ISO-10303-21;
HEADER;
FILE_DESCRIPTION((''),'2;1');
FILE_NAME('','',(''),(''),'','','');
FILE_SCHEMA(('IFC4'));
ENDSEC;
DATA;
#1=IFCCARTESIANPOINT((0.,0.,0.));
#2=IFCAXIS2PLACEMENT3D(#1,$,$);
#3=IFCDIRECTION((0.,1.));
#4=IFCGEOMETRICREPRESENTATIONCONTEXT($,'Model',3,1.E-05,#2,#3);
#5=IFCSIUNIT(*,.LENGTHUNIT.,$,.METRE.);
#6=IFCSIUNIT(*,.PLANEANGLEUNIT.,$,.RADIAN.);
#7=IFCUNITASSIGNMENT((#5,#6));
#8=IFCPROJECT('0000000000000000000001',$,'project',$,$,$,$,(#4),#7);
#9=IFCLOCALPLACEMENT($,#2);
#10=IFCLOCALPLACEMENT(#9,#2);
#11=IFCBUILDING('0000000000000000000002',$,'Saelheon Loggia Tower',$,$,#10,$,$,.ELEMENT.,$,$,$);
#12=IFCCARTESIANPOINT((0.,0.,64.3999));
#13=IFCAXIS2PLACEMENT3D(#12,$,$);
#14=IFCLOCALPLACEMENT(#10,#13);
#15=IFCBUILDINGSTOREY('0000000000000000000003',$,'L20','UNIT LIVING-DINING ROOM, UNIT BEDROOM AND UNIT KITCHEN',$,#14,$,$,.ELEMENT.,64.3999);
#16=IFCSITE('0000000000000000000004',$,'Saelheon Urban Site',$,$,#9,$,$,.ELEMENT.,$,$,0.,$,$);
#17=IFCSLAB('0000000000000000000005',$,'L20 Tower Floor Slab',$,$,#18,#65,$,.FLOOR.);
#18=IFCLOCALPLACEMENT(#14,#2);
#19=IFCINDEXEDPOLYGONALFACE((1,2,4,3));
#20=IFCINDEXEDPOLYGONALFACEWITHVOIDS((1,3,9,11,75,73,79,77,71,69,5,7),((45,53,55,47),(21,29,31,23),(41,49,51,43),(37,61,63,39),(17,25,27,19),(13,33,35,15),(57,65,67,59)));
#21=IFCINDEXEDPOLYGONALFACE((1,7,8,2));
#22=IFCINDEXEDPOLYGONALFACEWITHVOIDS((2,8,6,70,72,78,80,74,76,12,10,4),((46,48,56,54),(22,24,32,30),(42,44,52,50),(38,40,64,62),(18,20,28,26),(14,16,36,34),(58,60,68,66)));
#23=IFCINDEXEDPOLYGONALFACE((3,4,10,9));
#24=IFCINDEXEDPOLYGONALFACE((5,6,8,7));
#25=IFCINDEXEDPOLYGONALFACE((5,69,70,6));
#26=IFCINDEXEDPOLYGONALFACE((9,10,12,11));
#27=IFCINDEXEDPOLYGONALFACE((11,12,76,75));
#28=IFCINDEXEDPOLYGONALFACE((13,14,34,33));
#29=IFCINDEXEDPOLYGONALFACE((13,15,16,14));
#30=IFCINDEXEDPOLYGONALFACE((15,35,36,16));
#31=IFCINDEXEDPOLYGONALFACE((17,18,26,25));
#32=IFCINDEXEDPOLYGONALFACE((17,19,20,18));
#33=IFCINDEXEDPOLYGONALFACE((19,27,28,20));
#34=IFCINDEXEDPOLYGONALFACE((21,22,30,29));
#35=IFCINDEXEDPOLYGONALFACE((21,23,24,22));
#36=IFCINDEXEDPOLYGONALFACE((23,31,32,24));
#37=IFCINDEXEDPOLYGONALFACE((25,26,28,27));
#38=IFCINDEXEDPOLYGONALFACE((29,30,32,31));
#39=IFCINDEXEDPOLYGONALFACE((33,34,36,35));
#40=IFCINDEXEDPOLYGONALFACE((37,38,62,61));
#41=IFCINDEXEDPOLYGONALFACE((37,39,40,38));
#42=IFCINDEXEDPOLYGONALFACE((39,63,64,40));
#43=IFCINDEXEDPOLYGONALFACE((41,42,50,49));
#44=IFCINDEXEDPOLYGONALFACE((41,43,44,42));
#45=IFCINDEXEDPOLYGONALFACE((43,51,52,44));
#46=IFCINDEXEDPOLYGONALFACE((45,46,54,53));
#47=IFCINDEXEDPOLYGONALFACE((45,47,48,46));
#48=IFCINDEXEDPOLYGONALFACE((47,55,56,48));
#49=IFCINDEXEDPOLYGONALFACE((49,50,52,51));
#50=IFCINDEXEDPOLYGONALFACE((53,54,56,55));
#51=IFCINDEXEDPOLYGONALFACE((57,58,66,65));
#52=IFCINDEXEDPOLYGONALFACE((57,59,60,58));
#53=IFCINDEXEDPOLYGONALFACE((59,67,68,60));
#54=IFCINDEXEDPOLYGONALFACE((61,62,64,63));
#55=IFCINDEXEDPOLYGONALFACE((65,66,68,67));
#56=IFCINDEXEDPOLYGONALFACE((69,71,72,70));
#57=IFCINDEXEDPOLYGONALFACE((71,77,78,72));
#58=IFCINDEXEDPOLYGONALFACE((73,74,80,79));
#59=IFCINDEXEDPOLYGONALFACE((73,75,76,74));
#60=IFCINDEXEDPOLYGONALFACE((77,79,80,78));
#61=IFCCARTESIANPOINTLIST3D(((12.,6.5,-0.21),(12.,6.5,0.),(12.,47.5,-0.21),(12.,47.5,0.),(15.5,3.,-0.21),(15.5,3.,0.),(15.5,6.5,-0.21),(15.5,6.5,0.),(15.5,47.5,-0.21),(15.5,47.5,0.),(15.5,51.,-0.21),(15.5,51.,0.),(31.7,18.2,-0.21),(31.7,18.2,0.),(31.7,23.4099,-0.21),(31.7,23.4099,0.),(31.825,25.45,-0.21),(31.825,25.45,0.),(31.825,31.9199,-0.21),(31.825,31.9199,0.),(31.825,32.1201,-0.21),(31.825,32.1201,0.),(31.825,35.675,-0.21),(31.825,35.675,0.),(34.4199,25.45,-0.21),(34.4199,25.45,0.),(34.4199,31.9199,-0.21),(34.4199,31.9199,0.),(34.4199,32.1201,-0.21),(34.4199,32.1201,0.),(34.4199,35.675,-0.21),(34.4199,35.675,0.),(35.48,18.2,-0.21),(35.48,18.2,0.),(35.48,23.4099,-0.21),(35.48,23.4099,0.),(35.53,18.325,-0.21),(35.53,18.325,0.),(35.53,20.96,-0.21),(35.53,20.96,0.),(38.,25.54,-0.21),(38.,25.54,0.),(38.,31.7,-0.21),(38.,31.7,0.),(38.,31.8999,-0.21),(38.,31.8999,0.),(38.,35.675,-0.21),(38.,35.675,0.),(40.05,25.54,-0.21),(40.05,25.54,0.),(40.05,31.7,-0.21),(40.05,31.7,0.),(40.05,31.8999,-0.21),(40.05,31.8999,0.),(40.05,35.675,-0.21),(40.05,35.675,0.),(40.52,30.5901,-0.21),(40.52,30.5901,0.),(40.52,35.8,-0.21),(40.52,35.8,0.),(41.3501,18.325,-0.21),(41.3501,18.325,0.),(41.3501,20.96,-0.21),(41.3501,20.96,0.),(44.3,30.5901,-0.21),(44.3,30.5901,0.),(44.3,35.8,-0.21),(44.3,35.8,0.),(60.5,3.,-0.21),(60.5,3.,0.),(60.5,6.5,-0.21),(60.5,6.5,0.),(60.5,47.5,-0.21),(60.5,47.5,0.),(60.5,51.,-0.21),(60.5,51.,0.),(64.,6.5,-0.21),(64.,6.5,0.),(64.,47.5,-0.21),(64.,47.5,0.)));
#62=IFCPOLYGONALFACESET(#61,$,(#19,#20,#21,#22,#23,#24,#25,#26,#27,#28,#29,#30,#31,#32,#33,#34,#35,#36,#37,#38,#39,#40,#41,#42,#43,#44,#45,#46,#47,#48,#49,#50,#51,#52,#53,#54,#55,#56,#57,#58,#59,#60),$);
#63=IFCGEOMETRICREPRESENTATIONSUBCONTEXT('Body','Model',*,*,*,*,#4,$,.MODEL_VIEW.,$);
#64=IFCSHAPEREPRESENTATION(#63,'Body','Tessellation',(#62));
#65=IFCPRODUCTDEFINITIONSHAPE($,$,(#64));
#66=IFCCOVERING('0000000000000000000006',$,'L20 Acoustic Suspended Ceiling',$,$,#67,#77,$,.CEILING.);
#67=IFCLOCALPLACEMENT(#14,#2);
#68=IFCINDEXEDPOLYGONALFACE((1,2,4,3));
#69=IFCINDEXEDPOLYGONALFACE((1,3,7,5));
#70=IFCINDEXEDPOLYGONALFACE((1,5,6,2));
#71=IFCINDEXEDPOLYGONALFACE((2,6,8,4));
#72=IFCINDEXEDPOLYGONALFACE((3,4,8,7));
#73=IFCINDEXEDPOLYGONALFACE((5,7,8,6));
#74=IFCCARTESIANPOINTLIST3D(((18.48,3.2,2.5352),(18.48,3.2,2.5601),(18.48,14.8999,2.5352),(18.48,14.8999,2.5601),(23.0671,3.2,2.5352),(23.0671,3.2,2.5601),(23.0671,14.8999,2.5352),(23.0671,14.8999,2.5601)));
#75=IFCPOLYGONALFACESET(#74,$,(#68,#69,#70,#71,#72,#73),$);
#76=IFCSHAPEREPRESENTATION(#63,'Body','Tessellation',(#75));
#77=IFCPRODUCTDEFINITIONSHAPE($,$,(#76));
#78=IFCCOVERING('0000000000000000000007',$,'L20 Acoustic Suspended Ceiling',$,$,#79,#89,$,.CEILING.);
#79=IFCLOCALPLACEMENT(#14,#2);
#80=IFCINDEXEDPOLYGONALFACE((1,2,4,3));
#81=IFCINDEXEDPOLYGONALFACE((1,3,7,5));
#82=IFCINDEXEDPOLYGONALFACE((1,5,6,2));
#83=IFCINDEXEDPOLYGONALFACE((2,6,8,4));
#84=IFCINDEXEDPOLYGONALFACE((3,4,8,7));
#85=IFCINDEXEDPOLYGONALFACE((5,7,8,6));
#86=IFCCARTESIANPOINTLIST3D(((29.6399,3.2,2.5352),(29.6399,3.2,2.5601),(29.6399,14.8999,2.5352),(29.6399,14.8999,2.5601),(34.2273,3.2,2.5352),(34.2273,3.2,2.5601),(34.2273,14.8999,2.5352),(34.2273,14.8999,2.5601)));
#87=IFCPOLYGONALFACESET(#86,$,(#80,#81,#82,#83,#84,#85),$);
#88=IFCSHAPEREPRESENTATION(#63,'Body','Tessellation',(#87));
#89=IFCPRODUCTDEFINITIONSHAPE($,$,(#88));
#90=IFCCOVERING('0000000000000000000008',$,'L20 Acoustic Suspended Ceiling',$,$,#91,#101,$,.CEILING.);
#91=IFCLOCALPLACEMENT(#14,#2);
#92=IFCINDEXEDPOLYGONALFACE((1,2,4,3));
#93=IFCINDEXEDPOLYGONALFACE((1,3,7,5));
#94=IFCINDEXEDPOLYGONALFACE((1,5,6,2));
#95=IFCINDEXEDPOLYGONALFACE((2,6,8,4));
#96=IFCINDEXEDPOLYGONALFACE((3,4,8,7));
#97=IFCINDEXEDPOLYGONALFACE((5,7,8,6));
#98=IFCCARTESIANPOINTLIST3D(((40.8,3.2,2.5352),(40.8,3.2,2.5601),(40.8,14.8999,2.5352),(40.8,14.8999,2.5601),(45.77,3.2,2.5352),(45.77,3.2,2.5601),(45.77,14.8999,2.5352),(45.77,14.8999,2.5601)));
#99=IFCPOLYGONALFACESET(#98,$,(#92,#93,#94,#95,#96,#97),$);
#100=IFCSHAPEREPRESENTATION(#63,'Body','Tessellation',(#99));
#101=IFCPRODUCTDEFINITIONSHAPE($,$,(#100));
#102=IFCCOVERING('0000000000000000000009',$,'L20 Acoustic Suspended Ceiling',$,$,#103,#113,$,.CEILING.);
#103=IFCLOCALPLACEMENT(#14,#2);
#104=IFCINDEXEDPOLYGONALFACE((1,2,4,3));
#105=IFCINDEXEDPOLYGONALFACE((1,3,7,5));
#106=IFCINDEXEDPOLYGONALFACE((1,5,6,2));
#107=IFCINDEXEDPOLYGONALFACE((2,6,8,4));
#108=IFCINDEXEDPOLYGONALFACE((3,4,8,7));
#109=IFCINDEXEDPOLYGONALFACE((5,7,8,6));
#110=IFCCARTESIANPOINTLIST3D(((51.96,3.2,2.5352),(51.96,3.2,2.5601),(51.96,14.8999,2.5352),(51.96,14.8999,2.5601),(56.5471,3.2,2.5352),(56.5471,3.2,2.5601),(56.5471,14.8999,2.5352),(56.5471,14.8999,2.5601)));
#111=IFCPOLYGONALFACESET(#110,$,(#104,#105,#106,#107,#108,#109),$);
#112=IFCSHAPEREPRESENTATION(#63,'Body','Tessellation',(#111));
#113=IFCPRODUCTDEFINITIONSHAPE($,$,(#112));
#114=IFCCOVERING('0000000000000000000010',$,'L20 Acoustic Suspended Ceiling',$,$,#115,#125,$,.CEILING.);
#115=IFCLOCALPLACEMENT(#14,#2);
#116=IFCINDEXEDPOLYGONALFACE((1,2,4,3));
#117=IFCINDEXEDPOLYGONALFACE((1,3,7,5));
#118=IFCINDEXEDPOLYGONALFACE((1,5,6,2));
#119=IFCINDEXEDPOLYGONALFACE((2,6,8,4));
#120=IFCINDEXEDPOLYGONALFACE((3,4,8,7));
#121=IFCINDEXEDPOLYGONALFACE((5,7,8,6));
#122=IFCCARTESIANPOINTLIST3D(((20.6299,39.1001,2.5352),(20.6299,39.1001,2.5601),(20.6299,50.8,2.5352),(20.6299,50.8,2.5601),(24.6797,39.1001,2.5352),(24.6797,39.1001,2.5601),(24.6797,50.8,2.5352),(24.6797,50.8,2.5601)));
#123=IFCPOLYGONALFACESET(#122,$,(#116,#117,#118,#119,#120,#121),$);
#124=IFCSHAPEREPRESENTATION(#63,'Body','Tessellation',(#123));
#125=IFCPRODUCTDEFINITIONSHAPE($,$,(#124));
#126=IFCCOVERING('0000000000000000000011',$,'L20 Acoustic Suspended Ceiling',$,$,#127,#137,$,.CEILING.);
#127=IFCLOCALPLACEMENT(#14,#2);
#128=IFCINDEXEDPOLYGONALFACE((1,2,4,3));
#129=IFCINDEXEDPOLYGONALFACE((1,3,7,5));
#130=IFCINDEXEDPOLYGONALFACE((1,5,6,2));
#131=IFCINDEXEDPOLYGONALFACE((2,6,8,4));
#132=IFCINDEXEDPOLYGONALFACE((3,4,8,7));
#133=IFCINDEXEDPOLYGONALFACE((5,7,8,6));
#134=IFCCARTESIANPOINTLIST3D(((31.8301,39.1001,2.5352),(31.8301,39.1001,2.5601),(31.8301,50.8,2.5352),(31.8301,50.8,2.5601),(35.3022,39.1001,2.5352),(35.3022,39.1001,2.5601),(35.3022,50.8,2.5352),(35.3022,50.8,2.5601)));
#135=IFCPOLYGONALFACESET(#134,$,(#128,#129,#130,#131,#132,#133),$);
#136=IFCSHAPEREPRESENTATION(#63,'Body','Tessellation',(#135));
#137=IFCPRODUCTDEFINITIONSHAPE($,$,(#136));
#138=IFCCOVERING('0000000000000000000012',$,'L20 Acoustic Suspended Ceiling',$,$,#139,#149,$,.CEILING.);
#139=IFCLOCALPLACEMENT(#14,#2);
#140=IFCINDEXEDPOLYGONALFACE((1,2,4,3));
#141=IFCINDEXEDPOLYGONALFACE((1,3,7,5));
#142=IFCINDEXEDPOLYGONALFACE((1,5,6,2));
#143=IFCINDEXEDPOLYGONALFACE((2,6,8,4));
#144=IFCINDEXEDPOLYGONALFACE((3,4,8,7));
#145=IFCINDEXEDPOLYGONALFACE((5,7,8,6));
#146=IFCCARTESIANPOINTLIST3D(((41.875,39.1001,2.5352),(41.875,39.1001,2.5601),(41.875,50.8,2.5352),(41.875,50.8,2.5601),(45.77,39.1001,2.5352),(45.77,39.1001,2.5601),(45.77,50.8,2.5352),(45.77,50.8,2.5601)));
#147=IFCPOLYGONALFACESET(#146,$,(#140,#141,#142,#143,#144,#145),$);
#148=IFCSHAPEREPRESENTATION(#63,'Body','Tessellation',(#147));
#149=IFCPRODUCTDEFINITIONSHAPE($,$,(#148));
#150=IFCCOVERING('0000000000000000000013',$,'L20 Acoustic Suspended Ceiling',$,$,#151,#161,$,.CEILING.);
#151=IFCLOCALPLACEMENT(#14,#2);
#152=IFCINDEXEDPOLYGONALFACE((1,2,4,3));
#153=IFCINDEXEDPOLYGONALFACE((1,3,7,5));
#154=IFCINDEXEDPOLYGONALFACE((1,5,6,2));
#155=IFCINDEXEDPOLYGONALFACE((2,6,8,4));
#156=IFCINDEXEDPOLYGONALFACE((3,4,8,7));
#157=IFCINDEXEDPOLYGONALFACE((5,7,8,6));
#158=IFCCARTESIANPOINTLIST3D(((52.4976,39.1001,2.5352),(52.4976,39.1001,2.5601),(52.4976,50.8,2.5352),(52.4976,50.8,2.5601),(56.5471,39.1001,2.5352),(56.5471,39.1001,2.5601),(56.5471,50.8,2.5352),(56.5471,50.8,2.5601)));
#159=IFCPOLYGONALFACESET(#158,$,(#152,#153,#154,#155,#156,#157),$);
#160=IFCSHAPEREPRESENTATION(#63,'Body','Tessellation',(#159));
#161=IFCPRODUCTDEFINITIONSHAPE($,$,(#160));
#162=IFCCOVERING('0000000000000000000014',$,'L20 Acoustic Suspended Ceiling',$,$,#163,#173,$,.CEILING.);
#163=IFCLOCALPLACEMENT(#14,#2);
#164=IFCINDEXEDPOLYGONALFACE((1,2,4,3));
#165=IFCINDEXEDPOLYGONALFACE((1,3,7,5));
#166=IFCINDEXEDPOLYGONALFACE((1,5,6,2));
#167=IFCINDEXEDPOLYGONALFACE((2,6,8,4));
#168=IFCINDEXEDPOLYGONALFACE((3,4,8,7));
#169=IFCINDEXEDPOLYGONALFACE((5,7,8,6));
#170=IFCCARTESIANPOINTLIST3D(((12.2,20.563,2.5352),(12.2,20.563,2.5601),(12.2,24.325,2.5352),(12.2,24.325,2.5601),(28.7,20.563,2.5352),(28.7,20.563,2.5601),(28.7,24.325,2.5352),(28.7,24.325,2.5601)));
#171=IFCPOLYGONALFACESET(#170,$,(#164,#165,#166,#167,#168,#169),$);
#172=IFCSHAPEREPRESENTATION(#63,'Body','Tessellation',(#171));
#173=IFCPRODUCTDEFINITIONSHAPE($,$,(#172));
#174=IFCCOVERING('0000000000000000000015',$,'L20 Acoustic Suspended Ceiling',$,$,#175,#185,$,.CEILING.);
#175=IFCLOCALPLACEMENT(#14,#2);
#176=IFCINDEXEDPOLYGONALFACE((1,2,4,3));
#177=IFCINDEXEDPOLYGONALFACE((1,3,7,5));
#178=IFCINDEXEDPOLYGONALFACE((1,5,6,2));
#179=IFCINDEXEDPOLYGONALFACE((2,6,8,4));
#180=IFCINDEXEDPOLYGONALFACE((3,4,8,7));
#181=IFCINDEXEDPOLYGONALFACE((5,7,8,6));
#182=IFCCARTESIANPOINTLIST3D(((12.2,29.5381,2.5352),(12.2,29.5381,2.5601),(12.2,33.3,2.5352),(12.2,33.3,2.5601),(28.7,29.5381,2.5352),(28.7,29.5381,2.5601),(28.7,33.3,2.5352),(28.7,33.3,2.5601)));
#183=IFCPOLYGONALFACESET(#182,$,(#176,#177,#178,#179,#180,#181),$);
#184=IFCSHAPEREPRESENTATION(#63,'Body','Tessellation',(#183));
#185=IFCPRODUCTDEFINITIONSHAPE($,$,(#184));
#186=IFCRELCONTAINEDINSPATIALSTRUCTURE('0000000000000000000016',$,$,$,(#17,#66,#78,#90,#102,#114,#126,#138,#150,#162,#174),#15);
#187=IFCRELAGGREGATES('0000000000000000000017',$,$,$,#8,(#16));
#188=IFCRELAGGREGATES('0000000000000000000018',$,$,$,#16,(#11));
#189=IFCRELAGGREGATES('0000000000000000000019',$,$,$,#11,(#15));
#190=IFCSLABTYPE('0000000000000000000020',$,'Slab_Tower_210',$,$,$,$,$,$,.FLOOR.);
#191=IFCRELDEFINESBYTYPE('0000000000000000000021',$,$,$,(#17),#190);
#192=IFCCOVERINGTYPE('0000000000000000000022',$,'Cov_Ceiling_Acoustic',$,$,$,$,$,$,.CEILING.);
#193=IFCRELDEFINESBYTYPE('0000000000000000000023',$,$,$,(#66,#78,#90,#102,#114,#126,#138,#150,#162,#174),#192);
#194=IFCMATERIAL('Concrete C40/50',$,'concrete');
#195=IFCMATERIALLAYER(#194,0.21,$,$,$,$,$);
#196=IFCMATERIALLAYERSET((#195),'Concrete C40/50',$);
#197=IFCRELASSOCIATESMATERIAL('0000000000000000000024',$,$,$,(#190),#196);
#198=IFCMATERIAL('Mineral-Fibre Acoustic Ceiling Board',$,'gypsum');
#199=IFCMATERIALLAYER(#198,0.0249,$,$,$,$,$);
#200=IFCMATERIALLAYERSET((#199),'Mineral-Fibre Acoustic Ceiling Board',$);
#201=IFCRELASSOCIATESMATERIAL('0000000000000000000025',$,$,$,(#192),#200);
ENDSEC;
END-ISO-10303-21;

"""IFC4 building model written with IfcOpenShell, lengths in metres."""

from ifc_helpers import new_model, si_unit, direction, frame, origin, place, context, subcontext, project, spatial, polyline, outline, extrude, material, layer, layer_set, type_object, element, save


model = new_model("IFC4")

# Units and contexts
model_context = context("Model", 3, precision=1e-05, world=origin(), true_north=direction((0.0, 1.0)))
body_context = subcontext(model_context, "Body", "Model", "MODEL_VIEW")
ifc_project = project(units=[si_unit("LENGTHUNIT", "METRE"), si_unit("PLANEANGLEUNIT", "RADIAN")], contexts=[model_context])

# Site, building, storey
site_placement = place(None, origin())
site = spatial("IfcSite", under=ifc_project, at=site_placement, Name="Saelheon Urban Site", CompositionType="ELEMENT", RefElevation=0.0)
building_placement = place(site_placement, origin())
building = spatial("IfcBuilding", under=site, at=building_placement, Name="Saelheon Loggia Tower", CompositionType="ELEMENT")
storey_placement = place(building_placement, frame((0.0, 0.0, 64.3999)))
storey = spatial("IfcBuildingStorey", under=building, at=storey_placement, Name="L20", Description="UNIT LIVING-DINING ROOM, UNIT BEDROOM AND UNIT KITCHEN", CompositionType="ELEMENT", Elevation=64.3999)

# Shared definitions
ifc_material_1 = material(Name="Concrete C40/50", Category="concrete")

# Slab
ifc_layer_1 = layer(ifc_material_1, 0.21)
ifc_layer_set_1 = layer_set([ifc_layer_1], Name="Concrete C40/50")
slab_type_1 = type_object("IfcSlabType", Name="Slab_Tower_210", PredefinedType="FLOOR", material=ifc_layer_set_1)
slab_1_placement = place(storey_placement, frame((0.0, 0.0, -0.21)))
element("IfcSlab", 1, at=slab_1_placement, inside=storey, type_object=slab_type_1, Name="L20 Tower Floor Slab", PredefinedType="FLOOR", context=body_context, shape_type="SweptSolid", body=[
    extrude(outline(polyline([(15.5, 3.0), (60.5, 3.0), (60.5, 6.5), (64.0, 6.5), (64.0, 47.5), (60.5, 47.5), (60.5, 51.0), (15.5, 51.0), (15.5, 47.5), (12.0, 47.5), (12.0, 6.5), (15.5, 6.5), (15.5, 3.0)]), holes=[polyline([(31.7, 23.4099), (31.7, 18.2), (35.48, 18.2), (35.48, 23.4099), (31.7, 23.4099)]), polyline([(44.3, 30.5901), (44.3, 35.8), (40.52, 35.8), (40.52, 30.5901), (44.3, 30.5901)]), polyline([(35.53, 18.325), (41.3501, 18.325), (41.3501, 20.96), (35.53, 20.96), (35.53, 18.325)]), polyline([(31.825, 32.1201), (34.4199, 32.1201), (34.4199, 35.675), (31.825, 35.675), (31.825, 32.1201)]), polyline([(38.0, 31.8999), (40.05, 31.8999), (40.05, 35.675), (38.0, 35.675), (38.0, 31.8999)]), polyline([(31.825, 25.45), (34.4199, 25.45), (34.4199, 31.9199), (31.825, 31.9199), (31.825, 25.45)]), polyline([(38.0, 25.54), (40.05, 25.54), (40.05, 31.7), (38.0, 31.7), (38.0, 25.54)])]), origin(), (0.0, 0.0, 1.0), 0.21),
])

# Coverings
ifc_material_2 = material(Name="Mineral-Fibre Acoustic Ceiling Board", Category="gypsum")
ifc_layer_2 = layer(ifc_material_2, 0.0249)
ifc_layer_set_2 = layer_set([ifc_layer_2], Name="Mineral-Fibre Acoustic Ceiling Board")
covering_type = type_object("IfcCoveringType", Name="Cov_Ceiling_Acoustic", PredefinedType="CEILING", material=ifc_layer_set_2)
covering_1_placement = place(storey_placement, frame((0.0, 0.0, 2.5352)))
element("IfcCovering", 2, at=covering_1_placement, inside=storey, type_object=covering_type, Name="L20 Acoustic Suspended Ceiling", PredefinedType="CEILING", context=body_context, shape_type="SweptSolid", body=[
    extrude(outline(polyline([(18.48, 3.2), (23.0671, 3.2), (23.0671, 14.8999), (18.48, 14.8999), (18.48, 3.2)])), origin(), (0.0, 0.0, 1.0), 0.0249),
])
covering_2_placement = place(storey_placement, frame((0.0, 0.0, 2.5352)))
element("IfcCovering", 3, at=covering_2_placement, inside=storey, type_object=covering_type, Name="L20 Acoustic Suspended Ceiling", PredefinedType="CEILING", context=body_context, shape_type="SweptSolid", body=[
    extrude(outline(polyline([(29.6399, 3.2), (34.2273, 3.2), (34.2273, 14.8999), (29.6399, 14.8999), (29.6399, 3.2)])), origin(), (0.0, 0.0, 1.0), 0.0249),
])
covering_3_placement = place(storey_placement, frame((0.0, 0.0, 2.5352)))
element("IfcCovering", 4, at=covering_3_placement, inside=storey, type_object=covering_type, Name="L20 Acoustic Suspended Ceiling", PredefinedType="CEILING", context=body_context, shape_type="SweptSolid", body=[
    extrude(outline(polyline([(40.8, 3.2), (45.77, 3.2), (45.77, 14.8999), (40.8, 14.8999), (40.8, 3.2)])), origin(), (0.0, 0.0, 1.0), 0.0249),
])
covering_4_placement = place(storey_placement, frame((0.0, 0.0, 2.5352)))
element("IfcCovering", 5, at=covering_4_placement, inside=storey, type_object=covering_type, Name="L20 Acoustic Suspended Ceiling", PredefinedType="CEILING", context=body_context, shape_type="SweptSolid", body=[
    extrude(outline(polyline([(51.96, 3.2), (56.5471, 3.2), (56.5471, 14.8999), (51.96, 14.8999), (51.96, 3.2)])), origin(), (0.0, 0.0, 1.0), 0.0249),
])
covering_5_placement = place(storey_placement, frame((0.0, 0.0, 2.5352)))
element("IfcCovering", 6, at=covering_5_placement, inside=storey, type_object=covering_type, Name="L20 Acoustic Suspended Ceiling", PredefinedType="CEILING", context=body_context, shape_type="SweptSolid", body=[
    extrude(outline(polyline([(20.6299, 39.1001), (24.6797, 39.1001), (24.6797, 50.8), (20.6299, 50.8), (20.6299, 39.1001)])), origin(), (0.0, 0.0, 1.0), 0.0249),
])
covering_6_placement = place(storey_placement, frame((0.0, 0.0, 2.5352)))
element("IfcCovering", 7, at=covering_6_placement, inside=storey, type_object=covering_type, Name="L20 Acoustic Suspended Ceiling", PredefinedType="CEILING", context=body_context, shape_type="SweptSolid", body=[
    extrude(outline(polyline([(31.8301, 39.1001), (35.3022, 39.1001), (35.3022, 50.8), (31.8301, 50.8), (31.8301, 39.1001)])), origin(), (0.0, 0.0, 1.0), 0.0249),
])
covering_7_placement = place(storey_placement, frame((0.0, 0.0, 2.5352)))
element("IfcCovering", 8, at=covering_7_placement, inside=storey, type_object=covering_type, Name="L20 Acoustic Suspended Ceiling", PredefinedType="CEILING", context=body_context, shape_type="SweptSolid", body=[
    extrude(outline(polyline([(41.875, 39.1001), (45.77, 39.1001), (45.77, 50.8), (41.875, 50.8), (41.875, 39.1001)])), origin(), (0.0, 0.0, 1.0), 0.0249),
])
covering_8_placement = place(storey_placement, frame((0.0, 0.0, 2.5352)))
element("IfcCovering", 9, at=covering_8_placement, inside=storey, type_object=covering_type, Name="L20 Acoustic Suspended Ceiling", PredefinedType="CEILING", context=body_context, shape_type="SweptSolid", body=[
    extrude(outline(polyline([(52.4976, 39.1001), (56.5471, 39.1001), (56.5471, 50.8), (52.4976, 50.8), (52.4976, 39.1001)])), origin(), (0.0, 0.0, 1.0), 0.0249),
])
covering_9_placement = place(storey_placement, frame((0.0, 0.0, 2.5352)))
element("IfcCovering", 10, at=covering_9_placement, inside=storey, type_object=covering_type, Name="L20 Acoustic Suspended Ceiling", PredefinedType="CEILING", context=body_context, shape_type="SweptSolid", body=[
    extrude(outline(polyline([(12.2, 20.563), (28.7, 20.563), (28.7, 24.325), (12.2, 24.325), (12.2, 20.563)])), origin(), (0.0, 0.0, 1.0), 0.0249),
])
covering_10_placement = place(storey_placement, frame((0.0, 0.0, 2.5352)))
element("IfcCovering", 11, at=covering_10_placement, inside=storey, type_object=covering_type, Name="L20 Acoustic Suspended Ceiling", PredefinedType="CEILING", context=body_context, shape_type="SweptSolid", body=[
    extrude(outline(polyline([(12.2, 29.5381), (28.7, 29.5381), (28.7, 33.3), (12.2, 33.3), (12.2, 29.5381)])), origin(), (0.0, 0.0, 1.0), 0.0249),
])

save(model, "model.ifc")
